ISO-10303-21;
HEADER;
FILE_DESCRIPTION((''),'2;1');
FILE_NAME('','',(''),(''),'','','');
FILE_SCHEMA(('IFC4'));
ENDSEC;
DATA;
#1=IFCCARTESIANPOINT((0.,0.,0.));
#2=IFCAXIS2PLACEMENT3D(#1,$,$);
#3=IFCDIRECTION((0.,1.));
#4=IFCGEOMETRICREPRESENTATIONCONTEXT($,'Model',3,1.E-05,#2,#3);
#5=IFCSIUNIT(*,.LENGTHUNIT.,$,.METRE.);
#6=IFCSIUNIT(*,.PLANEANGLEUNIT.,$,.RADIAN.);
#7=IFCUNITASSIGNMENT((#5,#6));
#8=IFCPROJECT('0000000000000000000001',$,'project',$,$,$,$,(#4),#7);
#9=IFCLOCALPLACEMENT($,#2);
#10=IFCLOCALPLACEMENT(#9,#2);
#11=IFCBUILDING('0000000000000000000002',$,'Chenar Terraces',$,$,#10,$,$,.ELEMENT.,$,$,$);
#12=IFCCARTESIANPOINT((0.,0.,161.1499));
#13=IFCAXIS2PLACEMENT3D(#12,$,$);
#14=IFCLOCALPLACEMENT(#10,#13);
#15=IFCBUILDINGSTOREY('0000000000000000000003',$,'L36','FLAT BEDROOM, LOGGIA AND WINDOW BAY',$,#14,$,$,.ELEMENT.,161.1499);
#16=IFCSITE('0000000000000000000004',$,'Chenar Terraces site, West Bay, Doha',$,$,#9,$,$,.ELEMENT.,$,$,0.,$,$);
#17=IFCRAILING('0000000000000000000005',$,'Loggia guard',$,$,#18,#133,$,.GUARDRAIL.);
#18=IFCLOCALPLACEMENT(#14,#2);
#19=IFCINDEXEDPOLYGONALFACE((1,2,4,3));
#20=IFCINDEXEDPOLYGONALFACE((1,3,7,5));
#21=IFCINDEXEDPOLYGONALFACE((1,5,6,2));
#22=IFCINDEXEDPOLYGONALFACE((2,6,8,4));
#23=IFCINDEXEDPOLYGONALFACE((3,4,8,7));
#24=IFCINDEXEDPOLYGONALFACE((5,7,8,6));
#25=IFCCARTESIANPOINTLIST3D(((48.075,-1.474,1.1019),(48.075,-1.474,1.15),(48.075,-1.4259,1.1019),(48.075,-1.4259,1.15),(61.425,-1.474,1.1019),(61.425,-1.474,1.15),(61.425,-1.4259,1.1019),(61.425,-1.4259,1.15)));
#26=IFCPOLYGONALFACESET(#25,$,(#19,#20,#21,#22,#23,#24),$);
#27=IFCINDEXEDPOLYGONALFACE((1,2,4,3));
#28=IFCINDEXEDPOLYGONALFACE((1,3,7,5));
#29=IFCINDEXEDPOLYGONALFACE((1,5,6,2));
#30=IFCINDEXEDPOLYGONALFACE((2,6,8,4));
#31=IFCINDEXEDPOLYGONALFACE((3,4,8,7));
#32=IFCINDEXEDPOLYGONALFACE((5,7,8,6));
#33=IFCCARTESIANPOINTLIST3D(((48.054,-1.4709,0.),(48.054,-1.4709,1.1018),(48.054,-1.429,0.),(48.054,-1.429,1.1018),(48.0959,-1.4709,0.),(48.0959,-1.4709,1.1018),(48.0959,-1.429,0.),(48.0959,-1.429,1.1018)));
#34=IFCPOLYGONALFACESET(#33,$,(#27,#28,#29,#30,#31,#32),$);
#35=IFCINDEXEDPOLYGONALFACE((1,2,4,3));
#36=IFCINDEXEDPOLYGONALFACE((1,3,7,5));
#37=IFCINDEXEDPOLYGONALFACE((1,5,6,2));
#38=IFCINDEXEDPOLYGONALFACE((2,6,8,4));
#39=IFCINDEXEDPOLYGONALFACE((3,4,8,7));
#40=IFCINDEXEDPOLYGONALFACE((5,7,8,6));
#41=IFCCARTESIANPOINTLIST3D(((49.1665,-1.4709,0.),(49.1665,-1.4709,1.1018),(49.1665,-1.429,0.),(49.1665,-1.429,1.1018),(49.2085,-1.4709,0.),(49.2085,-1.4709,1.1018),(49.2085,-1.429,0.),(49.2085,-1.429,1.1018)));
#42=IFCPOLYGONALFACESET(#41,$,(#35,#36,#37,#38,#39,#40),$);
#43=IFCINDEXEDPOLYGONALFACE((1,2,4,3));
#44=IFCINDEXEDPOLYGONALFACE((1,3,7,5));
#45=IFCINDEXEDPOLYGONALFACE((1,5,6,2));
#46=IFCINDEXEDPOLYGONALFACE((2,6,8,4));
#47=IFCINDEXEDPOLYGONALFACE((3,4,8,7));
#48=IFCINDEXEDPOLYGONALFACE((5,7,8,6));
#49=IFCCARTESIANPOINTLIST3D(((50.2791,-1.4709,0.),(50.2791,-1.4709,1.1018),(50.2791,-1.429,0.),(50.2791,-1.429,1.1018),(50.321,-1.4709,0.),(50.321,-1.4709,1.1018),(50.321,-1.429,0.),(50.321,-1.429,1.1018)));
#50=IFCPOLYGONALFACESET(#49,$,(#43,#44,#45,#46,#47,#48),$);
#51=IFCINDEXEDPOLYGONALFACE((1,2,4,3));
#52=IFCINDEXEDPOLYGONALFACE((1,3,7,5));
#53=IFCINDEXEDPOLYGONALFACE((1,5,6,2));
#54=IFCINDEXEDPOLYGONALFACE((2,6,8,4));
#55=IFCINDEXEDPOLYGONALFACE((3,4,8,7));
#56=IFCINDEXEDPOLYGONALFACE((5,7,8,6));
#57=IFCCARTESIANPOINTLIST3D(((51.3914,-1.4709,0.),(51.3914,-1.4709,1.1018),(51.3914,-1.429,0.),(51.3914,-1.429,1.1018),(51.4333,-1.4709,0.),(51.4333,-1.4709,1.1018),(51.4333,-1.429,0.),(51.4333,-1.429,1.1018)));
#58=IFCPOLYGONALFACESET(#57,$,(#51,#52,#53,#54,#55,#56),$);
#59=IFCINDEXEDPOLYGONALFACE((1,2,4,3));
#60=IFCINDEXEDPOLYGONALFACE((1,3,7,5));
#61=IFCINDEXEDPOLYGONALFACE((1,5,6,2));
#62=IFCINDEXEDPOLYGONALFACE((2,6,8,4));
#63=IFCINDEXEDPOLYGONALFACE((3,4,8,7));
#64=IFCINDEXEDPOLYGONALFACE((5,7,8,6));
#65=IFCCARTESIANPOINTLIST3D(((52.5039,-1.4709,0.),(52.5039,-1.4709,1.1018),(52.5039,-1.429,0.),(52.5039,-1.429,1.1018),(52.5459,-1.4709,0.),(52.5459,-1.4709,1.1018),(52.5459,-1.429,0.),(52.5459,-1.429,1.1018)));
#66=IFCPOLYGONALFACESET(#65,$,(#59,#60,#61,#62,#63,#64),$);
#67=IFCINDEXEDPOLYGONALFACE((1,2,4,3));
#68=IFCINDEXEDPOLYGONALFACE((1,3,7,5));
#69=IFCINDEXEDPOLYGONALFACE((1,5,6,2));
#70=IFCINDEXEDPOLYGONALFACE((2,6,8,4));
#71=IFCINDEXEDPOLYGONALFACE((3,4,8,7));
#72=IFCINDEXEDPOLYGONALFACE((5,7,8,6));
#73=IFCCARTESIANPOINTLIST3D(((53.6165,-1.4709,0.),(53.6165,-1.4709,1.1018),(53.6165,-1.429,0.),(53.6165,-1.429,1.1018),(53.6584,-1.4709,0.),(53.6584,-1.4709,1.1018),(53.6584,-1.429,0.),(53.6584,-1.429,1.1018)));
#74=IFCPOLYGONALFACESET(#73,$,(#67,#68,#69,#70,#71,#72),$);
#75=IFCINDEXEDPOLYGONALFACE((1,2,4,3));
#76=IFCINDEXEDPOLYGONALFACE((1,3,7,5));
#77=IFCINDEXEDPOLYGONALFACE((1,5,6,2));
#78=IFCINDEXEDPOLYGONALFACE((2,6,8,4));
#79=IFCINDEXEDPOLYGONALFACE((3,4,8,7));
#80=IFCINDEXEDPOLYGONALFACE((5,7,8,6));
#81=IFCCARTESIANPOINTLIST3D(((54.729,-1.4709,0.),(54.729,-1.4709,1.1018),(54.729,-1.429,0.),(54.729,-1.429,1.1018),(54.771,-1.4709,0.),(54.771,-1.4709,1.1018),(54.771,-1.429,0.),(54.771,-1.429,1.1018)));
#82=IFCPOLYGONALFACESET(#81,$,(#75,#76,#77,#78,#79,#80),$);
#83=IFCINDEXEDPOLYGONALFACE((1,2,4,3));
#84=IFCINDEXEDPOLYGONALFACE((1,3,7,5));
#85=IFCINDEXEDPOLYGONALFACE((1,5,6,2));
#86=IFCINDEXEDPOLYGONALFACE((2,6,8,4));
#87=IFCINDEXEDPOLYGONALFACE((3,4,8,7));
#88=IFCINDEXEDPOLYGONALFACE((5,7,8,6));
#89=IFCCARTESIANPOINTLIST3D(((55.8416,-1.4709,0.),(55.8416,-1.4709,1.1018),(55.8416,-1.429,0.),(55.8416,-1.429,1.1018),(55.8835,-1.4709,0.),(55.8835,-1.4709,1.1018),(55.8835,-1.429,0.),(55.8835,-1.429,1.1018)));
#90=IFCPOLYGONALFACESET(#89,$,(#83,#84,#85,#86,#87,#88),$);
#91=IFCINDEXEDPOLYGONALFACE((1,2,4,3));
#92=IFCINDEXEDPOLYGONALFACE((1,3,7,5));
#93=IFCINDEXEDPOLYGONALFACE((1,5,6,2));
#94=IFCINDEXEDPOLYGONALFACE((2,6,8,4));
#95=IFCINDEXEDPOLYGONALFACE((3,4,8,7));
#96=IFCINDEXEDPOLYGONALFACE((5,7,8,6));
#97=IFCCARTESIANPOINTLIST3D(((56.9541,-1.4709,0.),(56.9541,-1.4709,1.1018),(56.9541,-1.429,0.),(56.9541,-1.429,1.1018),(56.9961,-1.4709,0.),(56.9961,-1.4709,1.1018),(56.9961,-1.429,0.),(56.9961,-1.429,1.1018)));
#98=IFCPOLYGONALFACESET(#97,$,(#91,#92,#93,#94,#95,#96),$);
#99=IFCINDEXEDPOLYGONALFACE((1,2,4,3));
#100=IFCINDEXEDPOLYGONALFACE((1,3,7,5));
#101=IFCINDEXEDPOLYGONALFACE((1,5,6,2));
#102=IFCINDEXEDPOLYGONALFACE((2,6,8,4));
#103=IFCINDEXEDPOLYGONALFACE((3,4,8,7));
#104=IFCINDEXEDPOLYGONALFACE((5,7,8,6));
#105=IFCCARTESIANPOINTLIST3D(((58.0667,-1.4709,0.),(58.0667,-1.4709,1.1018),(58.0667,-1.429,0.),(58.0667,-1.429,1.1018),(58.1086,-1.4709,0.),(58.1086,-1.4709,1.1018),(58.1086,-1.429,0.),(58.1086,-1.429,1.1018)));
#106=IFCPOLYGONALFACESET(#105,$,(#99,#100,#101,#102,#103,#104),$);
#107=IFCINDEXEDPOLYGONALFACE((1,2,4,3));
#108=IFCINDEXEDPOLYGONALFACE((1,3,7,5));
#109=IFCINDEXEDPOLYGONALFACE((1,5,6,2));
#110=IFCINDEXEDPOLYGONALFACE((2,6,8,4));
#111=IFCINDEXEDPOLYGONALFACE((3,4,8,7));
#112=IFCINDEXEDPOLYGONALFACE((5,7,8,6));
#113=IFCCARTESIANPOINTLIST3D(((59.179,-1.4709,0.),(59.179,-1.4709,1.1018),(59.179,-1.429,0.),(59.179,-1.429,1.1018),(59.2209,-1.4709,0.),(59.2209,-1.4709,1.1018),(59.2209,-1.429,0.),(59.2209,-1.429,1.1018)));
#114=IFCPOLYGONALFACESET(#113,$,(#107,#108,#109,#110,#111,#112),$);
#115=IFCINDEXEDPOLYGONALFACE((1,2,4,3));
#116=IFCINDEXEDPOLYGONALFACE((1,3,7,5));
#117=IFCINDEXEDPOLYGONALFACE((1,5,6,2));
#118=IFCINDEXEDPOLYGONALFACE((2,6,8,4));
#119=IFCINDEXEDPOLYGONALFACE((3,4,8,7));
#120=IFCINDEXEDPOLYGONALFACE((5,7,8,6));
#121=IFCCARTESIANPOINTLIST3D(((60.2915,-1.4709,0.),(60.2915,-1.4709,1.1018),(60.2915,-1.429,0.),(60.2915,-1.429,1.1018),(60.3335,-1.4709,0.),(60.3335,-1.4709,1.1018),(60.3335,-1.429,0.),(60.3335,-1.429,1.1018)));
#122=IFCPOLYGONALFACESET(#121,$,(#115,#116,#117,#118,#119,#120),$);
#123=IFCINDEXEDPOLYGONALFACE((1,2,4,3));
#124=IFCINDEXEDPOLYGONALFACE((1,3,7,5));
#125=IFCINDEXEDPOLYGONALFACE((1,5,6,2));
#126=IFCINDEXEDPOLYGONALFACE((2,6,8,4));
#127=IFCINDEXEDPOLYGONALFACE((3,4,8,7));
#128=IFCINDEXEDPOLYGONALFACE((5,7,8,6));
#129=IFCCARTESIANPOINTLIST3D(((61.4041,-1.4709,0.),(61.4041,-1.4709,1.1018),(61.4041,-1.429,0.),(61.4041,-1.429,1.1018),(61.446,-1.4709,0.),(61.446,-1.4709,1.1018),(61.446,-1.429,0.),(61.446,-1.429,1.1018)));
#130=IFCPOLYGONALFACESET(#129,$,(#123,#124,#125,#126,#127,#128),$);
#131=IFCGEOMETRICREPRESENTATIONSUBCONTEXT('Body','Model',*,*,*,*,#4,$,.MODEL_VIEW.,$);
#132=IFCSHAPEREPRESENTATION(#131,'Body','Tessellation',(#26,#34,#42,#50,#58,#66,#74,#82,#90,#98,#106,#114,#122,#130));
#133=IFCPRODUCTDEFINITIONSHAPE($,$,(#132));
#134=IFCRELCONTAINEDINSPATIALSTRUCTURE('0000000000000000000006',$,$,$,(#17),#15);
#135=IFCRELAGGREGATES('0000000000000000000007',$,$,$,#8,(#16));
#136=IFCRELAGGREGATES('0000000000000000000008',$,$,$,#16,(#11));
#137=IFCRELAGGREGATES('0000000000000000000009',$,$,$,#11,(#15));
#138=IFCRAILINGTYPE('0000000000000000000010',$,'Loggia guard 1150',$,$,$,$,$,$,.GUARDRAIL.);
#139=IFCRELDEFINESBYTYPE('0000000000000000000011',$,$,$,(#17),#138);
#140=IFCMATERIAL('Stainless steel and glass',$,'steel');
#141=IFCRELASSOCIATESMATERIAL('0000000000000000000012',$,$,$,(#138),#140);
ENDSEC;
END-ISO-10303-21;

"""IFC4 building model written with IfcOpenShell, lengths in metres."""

from ifc_helpers import new_model, si_unit, direction, frame, origin, origin_2d, place, context, subcontext, project, spatial, rectangle, extrude, material, type_object, element, save


model = new_model("IFC4")

# Units and contexts
model_context = context("Model", 3, precision=1e-05, world=origin(), true_north=direction((0.0, 1.0)))
body_context = subcontext(model_context, "Body", "Model", "MODEL_VIEW")
ifc_project = project(units=[si_unit("LENGTHUNIT", "METRE"), si_unit("PLANEANGLEUNIT", "RADIAN")], contexts=[model_context])

# Site, building, storey
site_placement = place(None, origin())
site = spatial("IfcSite", under=ifc_project, at=site_placement, Name="Chenar Terraces site, West Bay, Doha", CompositionType="ELEMENT", RefElevation=0.0)
building_placement = place(site_placement, origin())
building = spatial("IfcBuilding", under=site, at=building_placement, Name="Chenar Terraces", CompositionType="ELEMENT")
storey_placement = place(building_placement, frame((0.0, 0.0, 161.1499)))
storey = spatial("IfcBuildingStorey", under=building, at=storey_placement, Name="L36", Description="FLAT BEDROOM, LOGGIA AND WINDOW BAY", CompositionType="ELEMENT", Elevation=161.1499)

# Railing
ifc_material_1 = material(Name="Stainless steel and glass", Category="steel")
railing_type = type_object("IfcRailingType", Name="Loggia guard 1150", PredefinedType="GUARDRAIL", material=ifc_material_1)
railing_placement = place(storey_placement, frame((48.075, -1.45, 0.0)))
element("IfcRailing", 1, at=railing_placement, inside=storey, type_object=railing_type, Name="Loggia guard", PredefinedType="GUARDRAIL", context=body_context, shape_type="SweptSolid", body=[
    extrude(rectangle(XDim=0.0481, YDim=0.0481, at=origin_2d()), frame((0.0, 0.0, 1.126), z_axis=(1.0, 0.0, 0.0), x_axis=(0.0, 1.0, 0.0)), (0.0, 0.0, 1.0), 13.3501),
    extrude(rectangle(XDim=0.042, YDim=0.042, at=origin_2d()), origin(), (0.0, 0.0, 1.0), 1.1018),
    extrude(rectangle(XDim=0.042, YDim=0.042, at=origin_2d()), frame((1.1125, 0.0, 0.0)), (0.0, 0.0, 1.0), 1.1018),
    extrude(rectangle(XDim=0.042, YDim=0.042, at=origin_2d()), frame((2.2251, 0.0, 0.0)), (0.0, 0.0, 1.0), 1.1018),
    extrude(rectangle(XDim=0.042, YDim=0.042, at=origin_2d()), frame((3.3374, 0.0, 0.0)), (0.0, 0.0, 1.0), 1.1018),
    extrude(rectangle(XDim=0.042, YDim=0.042, at=origin_2d()), frame((4.45, 0.0, 0.0)), (0.0, 0.0, 1.0), 1.1018),
    extrude(rectangle(XDim=0.042, YDim=0.042, at=origin_2d()), frame((5.5625, 0.0, 0.0)), (0.0, 0.0, 1.0), 1.1018),
    extrude(rectangle(XDim=0.042, YDim=0.042, at=origin_2d()), frame((6.675, 0.0, 0.0)), (0.0, 0.0, 1.0), 1.1018),
    extrude(rectangle(XDim=0.042, YDim=0.042, at=origin_2d()), frame((7.7876, 0.0, 0.0)), (0.0, 0.0, 1.0), 1.1018),
    extrude(rectangle(XDim=0.042, YDim=0.042, at=origin_2d()), frame((8.9001, 0.0, 0.0)), (0.0, 0.0, 1.0), 1.1018),
    extrude(rectangle(XDim=0.042, YDim=0.042, at=origin_2d()), frame((10.0127, 0.0, 0.0)), (0.0, 0.0, 1.0), 1.1018),
    extrude(rectangle(XDim=0.042, YDim=0.042, at=origin_2d()), frame((11.125, 0.0, 0.0)), (0.0, 0.0, 1.0), 1.1018),
    extrude(rectangle(XDim=0.042, YDim=0.042, at=origin_2d()), frame((12.2375, 0.0, 0.0)), (0.0, 0.0, 1.0), 1.1018),
    extrude(rectangle(XDim=0.042, YDim=0.042, at=origin_2d()), frame((13.3501, 0.0, 0.0)), (0.0, 0.0, 1.0), 1.1018),
])

save(model, "model.ifc")
